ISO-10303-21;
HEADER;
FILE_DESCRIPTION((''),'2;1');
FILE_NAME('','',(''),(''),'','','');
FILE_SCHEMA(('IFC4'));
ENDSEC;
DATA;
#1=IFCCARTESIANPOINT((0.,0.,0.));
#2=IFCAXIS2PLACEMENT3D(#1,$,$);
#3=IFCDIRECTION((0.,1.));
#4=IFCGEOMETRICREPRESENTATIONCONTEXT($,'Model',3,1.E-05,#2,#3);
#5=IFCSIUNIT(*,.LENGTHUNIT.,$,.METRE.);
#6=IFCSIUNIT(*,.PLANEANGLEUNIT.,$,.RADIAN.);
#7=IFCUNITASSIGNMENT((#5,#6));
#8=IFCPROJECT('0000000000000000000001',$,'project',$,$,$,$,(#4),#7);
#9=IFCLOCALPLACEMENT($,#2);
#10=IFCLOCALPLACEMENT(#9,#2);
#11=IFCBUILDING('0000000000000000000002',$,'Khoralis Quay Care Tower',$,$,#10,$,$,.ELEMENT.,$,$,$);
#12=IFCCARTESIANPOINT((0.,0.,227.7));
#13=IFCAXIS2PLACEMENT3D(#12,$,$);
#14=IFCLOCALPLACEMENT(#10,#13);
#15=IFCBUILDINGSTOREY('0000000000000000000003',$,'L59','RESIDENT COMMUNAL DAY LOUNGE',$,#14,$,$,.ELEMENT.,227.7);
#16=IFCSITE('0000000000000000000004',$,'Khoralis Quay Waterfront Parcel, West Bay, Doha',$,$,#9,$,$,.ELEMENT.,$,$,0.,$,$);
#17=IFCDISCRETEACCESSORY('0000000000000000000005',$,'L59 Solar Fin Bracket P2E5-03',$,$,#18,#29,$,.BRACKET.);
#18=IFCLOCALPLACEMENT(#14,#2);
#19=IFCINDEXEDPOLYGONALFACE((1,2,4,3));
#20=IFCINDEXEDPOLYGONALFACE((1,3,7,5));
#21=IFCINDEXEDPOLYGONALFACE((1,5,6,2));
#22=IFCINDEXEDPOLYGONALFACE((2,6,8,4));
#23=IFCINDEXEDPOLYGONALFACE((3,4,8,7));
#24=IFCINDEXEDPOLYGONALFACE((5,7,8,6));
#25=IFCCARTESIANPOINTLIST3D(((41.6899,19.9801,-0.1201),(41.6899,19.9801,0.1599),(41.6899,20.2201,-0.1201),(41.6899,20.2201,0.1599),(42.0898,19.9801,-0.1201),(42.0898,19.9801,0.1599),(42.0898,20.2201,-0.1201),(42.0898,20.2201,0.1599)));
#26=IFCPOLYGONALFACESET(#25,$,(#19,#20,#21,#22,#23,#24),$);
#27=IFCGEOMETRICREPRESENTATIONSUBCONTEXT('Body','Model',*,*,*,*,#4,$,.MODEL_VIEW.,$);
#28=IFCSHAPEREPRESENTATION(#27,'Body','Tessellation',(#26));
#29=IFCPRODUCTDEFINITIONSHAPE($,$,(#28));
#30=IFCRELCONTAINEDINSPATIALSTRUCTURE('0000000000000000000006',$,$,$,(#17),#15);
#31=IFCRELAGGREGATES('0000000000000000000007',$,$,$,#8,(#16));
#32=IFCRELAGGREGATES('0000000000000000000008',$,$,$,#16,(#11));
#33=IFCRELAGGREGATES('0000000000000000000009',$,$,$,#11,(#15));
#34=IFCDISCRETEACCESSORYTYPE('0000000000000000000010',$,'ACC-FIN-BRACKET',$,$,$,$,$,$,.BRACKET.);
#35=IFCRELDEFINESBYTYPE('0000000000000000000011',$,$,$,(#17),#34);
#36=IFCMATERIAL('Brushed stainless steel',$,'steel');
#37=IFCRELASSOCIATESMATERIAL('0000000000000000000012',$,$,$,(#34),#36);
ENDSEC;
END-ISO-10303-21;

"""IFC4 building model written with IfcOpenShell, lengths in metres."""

from ifc_helpers import new_model, si_unit, direction, frame, origin, origin_2d, place, context, subcontext, project, spatial, rectangle, extrude, source, transform, mapped, material, type_object, element, save


model = new_model("IFC4")

# Units and contexts
model_context = context("Model", 3, precision=1e-05, world=origin(), true_north=direction((0.0, 1.0)))
body_context = subcontext(model_context, "Body", "Model", "MODEL_VIEW")
ifc_project = project(units=[si_unit("LENGTHUNIT", "METRE"), si_unit("PLANEANGLEUNIT", "RADIAN")], contexts=[model_context])

# Site, building, storey
site_placement = place(None, origin())
site = spatial("IfcSite", under=ifc_project, at=site_placement, Name="Khoralis Quay Waterfront Parcel, West Bay, Doha", CompositionType="ELEMENT", RefElevation=0.0)
building_placement = place(site_placement, origin())
building = spatial("IfcBuilding", under=site, at=building_placement, Name="Khoralis Quay Care Tower", CompositionType="ELEMENT")
storey_placement = place(building_placement, frame((0.0, 0.0, 227.7)))
storey = spatial("IfcBuildingStorey", under=building, at=storey_placement, Name="L59", Description="RESIDENT COMMUNAL DAY LOUNGE", CompositionType="ELEMENT", Elevation=227.7)

# Discrete accessory
ifc_material_1 = material(Name="Brushed stainless steel", Category="steel")
discrete_accessory_type = type_object("IfcDiscreteAccessoryType", Name="ACC-FIN-BRACKET", PredefinedType="BRACKET", material=ifc_material_1)
shared_shape_1 = source(origin(), body_context, "Body", "SweptSolid", [
    extrude(rectangle(XDim=0.3999, YDim=0.24, at=origin_2d()), origin(), (0.0, 0.0, 1.0), 0.28),
])
for number, where, z_axis, x_axis, name in (
    (1, (41.8899, 20.1001, -0.1201), (0.0, 0.0, 1.0), (1.0, 0.0, 0.0), "L59 Solar Fin Bracket P2E5-03"),
):
    element("IfcDiscreteAccessory", number, at=place(storey_placement, frame(where, z_axis=z_axis, x_axis=x_axis)), inside=storey, type_object=discrete_accessory_type, Name=name, PredefinedType="BRACKET", context=body_context, shape_type="MappedRepresentation", body=[
        mapped(shared_shape_1, transform((0.0, 0.0, 0.0), scale=1.0)),
    ])

save(model, "model.ifc")
